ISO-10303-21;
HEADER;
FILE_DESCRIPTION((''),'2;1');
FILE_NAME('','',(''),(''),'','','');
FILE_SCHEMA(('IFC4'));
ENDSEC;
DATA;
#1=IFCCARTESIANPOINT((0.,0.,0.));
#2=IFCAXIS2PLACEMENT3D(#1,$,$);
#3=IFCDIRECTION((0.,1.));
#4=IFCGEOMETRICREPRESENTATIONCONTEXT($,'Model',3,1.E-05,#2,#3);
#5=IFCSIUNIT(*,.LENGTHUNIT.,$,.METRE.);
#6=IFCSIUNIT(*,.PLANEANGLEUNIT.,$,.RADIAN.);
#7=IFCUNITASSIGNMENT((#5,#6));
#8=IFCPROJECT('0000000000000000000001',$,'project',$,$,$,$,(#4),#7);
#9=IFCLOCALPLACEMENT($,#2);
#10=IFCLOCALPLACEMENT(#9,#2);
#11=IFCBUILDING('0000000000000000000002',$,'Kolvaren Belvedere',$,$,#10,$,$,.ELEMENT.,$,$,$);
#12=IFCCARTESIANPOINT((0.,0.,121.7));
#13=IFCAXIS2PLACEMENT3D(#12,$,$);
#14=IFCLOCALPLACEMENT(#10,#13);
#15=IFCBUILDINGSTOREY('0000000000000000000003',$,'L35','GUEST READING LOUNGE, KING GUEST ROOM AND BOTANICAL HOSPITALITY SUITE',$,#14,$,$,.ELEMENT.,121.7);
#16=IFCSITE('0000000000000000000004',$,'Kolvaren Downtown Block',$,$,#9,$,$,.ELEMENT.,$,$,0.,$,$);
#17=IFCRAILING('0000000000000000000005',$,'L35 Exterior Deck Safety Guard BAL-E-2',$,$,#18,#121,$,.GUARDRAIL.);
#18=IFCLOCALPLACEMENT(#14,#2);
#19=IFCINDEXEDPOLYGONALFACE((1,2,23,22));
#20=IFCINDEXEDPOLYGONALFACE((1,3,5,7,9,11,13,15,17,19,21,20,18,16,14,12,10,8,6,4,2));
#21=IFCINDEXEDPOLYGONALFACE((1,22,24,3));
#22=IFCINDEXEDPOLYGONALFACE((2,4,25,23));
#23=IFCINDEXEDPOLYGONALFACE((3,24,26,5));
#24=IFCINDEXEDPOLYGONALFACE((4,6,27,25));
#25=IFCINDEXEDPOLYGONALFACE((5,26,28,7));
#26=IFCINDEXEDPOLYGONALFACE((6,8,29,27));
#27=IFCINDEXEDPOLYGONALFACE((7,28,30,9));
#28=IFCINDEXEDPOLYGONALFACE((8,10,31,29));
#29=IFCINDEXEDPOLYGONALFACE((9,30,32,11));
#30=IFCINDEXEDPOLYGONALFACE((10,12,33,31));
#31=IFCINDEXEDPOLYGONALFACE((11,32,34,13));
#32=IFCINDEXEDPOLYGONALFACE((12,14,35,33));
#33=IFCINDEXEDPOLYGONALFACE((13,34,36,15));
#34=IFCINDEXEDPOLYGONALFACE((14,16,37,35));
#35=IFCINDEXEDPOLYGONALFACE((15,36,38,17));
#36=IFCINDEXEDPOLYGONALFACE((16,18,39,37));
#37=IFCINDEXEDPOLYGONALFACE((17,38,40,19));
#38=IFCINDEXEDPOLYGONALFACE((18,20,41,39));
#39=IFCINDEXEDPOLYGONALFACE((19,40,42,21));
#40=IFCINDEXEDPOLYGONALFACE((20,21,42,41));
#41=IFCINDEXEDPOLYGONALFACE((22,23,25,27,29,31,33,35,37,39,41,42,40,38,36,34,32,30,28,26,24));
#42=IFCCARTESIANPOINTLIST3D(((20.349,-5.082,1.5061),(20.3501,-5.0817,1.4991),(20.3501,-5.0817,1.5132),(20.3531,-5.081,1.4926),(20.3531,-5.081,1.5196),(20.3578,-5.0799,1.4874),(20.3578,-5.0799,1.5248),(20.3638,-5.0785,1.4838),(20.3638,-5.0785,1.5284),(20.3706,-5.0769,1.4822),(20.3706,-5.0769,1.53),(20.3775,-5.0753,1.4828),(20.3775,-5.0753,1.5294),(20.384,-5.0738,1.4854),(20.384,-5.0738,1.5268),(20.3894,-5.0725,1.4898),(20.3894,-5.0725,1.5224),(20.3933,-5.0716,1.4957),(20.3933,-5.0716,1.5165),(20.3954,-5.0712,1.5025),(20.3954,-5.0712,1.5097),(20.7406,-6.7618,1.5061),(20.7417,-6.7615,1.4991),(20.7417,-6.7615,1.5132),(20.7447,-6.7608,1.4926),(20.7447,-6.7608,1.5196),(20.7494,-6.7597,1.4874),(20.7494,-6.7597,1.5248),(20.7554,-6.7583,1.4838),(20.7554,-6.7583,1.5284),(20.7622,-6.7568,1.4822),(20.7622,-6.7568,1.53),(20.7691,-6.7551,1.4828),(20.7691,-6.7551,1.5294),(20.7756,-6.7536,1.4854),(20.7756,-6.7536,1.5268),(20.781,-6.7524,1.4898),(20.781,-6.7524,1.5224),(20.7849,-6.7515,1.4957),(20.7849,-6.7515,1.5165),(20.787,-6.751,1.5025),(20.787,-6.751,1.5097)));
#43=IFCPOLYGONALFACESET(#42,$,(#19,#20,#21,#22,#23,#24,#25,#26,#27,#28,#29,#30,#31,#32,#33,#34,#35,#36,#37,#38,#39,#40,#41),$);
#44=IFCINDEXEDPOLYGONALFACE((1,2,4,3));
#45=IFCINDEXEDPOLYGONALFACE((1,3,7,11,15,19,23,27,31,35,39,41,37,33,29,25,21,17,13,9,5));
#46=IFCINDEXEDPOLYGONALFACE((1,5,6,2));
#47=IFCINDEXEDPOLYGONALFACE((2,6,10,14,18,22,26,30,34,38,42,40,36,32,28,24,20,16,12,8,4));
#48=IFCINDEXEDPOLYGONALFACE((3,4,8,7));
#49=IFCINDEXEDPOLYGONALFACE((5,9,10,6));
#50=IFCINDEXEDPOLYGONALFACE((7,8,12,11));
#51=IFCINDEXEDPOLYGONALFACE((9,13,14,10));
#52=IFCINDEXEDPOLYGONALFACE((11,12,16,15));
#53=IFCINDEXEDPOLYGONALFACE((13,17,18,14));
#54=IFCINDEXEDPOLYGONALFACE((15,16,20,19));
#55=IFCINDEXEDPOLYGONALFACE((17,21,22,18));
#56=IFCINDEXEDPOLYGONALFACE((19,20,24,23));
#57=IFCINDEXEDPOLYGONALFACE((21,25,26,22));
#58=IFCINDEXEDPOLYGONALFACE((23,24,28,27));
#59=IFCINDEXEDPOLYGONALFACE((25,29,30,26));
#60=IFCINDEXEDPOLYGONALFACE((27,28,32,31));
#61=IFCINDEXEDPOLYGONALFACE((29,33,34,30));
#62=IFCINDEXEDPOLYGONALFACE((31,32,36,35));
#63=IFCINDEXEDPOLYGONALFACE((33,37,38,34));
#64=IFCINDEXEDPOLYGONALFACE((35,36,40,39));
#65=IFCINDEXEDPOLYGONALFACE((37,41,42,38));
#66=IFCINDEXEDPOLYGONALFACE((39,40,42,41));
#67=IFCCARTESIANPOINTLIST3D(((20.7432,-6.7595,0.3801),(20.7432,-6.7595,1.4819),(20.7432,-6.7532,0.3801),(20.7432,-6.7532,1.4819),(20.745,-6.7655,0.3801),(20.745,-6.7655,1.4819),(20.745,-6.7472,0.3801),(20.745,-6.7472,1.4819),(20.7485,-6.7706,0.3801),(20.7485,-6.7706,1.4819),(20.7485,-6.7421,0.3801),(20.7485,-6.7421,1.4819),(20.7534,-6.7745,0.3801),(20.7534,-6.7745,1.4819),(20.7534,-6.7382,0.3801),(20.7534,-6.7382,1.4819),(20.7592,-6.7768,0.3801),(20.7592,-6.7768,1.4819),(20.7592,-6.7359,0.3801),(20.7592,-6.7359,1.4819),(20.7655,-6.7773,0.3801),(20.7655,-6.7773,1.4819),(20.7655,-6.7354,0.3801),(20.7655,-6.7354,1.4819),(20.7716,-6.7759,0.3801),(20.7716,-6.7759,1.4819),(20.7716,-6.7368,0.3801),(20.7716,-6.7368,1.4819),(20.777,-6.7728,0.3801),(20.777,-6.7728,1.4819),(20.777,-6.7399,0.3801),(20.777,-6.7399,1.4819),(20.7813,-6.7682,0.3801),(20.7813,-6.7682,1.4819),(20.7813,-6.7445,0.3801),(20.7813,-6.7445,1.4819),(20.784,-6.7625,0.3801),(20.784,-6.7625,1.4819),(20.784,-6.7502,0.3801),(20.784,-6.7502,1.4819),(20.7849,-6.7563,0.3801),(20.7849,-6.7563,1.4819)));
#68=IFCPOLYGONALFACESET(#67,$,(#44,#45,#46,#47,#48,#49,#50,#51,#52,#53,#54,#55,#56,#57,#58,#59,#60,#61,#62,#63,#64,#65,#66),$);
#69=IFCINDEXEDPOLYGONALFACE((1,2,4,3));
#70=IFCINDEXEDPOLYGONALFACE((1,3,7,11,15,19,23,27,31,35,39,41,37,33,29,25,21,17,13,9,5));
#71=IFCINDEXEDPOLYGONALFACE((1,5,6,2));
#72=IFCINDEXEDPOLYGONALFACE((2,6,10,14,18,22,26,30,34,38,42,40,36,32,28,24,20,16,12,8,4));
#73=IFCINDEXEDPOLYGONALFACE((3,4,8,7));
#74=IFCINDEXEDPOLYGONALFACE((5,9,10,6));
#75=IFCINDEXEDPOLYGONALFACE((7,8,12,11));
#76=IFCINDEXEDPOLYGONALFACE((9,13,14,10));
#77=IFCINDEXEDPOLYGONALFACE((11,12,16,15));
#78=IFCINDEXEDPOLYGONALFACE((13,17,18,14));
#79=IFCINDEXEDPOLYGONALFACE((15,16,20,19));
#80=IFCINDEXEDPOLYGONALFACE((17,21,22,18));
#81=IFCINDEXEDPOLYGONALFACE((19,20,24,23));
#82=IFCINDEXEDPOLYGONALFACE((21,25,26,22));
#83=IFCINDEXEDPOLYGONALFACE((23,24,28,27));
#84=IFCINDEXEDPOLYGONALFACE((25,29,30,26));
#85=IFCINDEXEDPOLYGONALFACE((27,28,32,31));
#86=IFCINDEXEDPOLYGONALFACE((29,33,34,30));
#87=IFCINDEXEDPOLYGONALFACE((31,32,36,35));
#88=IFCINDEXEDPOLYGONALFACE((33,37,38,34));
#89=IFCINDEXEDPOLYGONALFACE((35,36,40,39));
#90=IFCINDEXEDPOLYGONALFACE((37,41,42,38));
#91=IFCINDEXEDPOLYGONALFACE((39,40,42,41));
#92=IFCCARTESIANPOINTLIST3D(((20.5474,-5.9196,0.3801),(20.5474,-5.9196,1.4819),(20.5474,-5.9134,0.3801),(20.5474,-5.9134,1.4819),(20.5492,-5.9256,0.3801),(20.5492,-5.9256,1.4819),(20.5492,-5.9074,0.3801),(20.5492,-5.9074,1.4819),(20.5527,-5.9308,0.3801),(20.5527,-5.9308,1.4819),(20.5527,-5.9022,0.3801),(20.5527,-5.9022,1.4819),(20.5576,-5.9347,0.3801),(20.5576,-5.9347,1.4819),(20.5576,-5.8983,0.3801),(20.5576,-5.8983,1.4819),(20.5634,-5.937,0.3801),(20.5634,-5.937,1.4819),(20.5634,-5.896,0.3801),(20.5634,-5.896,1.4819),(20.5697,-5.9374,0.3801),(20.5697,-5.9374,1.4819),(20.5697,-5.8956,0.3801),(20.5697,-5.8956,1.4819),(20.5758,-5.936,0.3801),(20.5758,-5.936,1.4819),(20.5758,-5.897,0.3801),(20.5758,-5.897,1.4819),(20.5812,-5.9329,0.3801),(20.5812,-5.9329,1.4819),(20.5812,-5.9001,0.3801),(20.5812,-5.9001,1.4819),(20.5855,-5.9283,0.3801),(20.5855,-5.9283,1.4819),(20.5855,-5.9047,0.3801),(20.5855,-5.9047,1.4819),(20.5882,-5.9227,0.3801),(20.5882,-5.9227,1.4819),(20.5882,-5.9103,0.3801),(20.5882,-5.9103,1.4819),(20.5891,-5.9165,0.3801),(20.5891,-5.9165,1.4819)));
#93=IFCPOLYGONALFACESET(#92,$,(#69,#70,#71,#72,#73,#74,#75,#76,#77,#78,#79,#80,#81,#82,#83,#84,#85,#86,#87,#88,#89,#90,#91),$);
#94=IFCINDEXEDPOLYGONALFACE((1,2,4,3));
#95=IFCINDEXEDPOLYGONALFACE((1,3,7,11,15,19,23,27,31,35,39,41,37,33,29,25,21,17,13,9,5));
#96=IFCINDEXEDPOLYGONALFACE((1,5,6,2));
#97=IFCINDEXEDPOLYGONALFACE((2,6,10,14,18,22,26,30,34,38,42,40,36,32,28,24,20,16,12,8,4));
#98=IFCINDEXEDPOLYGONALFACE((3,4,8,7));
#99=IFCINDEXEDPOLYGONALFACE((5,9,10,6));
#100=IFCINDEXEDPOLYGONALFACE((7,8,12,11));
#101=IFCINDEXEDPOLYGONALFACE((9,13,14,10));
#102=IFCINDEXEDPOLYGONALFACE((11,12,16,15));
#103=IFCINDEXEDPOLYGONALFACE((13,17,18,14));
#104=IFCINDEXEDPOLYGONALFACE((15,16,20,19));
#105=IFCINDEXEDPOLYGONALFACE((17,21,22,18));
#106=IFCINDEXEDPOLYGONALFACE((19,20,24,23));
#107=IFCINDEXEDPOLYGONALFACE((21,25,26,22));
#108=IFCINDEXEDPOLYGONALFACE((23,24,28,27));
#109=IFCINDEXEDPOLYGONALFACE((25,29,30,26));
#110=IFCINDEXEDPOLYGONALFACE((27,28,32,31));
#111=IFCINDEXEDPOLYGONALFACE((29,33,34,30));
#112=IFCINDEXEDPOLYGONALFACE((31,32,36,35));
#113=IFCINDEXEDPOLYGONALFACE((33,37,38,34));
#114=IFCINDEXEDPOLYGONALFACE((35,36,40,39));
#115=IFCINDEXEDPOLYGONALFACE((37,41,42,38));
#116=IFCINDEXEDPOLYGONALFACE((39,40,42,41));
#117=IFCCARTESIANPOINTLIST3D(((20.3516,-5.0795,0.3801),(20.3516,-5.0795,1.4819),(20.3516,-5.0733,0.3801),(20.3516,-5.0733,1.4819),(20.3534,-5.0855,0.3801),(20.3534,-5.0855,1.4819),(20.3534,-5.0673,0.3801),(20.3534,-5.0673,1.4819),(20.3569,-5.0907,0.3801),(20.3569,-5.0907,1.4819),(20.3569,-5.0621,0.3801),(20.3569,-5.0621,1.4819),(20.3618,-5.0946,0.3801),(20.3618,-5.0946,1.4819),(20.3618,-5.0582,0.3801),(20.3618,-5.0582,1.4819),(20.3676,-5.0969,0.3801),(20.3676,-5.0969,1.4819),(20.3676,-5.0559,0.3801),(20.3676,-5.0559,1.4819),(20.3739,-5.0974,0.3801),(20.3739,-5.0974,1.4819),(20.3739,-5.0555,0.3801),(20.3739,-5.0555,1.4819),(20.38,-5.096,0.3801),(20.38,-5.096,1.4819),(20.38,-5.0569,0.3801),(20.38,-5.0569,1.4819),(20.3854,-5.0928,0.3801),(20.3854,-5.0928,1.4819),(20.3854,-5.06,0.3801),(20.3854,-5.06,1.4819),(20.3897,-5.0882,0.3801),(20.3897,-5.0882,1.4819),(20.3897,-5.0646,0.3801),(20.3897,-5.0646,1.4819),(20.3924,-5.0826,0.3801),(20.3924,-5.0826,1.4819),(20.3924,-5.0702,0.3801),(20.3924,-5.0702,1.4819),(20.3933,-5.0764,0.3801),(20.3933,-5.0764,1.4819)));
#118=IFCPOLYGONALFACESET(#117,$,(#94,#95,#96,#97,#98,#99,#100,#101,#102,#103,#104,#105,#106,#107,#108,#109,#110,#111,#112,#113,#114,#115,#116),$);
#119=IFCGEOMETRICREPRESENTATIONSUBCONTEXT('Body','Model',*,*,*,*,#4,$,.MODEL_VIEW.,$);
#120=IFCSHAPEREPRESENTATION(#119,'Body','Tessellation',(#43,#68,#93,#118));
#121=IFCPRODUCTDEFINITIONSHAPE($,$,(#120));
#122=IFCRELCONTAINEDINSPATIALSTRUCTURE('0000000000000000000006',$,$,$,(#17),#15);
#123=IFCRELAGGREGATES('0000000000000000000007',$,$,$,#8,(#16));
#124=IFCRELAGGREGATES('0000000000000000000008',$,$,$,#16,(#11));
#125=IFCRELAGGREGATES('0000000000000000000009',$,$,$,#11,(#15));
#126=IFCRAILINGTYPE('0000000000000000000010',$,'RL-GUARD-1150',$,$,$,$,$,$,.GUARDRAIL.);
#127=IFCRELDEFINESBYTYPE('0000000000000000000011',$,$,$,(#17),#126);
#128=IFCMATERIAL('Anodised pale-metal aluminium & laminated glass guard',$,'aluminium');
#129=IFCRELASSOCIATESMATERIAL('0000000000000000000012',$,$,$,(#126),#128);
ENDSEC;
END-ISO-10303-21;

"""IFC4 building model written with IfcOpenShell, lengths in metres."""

from ifc_helpers import new_model, si_unit, direction, frame, origin, origin_2d, place, context, subcontext, project, spatial, circle, extrude, material, type_object, element, save


model = new_model("IFC4")

# Units and contexts
model_context = context("Model", 3, precision=1e-05, world=origin(), true_north=direction((0.0, 1.0)))
body_context = subcontext(model_context, "Body", "Model", "MODEL_VIEW")
ifc_project = project(units=[si_unit("LENGTHUNIT", "METRE"), si_unit("PLANEANGLEUNIT", "RADIAN")], contexts=[model_context])

# Site, building, storey
site_placement = place(None, origin())
site = spatial("IfcSite", under=ifc_project, at=site_placement, Name="Kolvaren Downtown Block", CompositionType="ELEMENT", RefElevation=0.0)
building_placement = place(site_placement, origin())
building = spatial("IfcBuilding", under=site, at=building_placement, Name="Kolvaren Belvedere", CompositionType="ELEMENT")
storey_placement = place(building_placement, frame((0.0, 0.0, 121.7)))
storey = spatial("IfcBuildingStorey", under=building, at=storey_placement, Name="L35", Description="GUEST READING LOUNGE, KING GUEST ROOM AND BOTANICAL HOSPITALITY SUITE", CompositionType="ELEMENT", Elevation=121.7)

# Railing
ifc_material_1 = material(Name="Anodised pale-metal aluminium & laminated glass guard", Category="aluminium")
railing_type = type_object("IfcRailingType", Name="RL-GUARD-1150", PredefinedType="GUARDRAIL", material=ifc_material_1)
railing_1_placement = place(storey_placement, frame((20.7639, -6.7563, 0.3801)))
element("IfcRailing", 1, at=railing_1_placement, inside=storey, type_object=railing_type, Name="L35 Exterior Deck Safety Guard BAL-E-2", PredefinedType="GUARDRAIL", context=body_context, shape_type="SweptSolid", body=[
    extrude(circle(Radius=0.0239, at=origin_2d()), frame((0.0, 0.0, 1.126), z_axis=(-0.227019, 0.97389, 0.0), x_axis=(-0.97389, -0.227019, 0.0)), (0.0, 0.0, 1.0), 1.7249),
    extrude(circle(Radius=0.021, at=origin_2d()), origin(), (0.0, 0.0, 1.0), 1.1018),
    extrude(circle(Radius=0.021, at=origin_2d()), frame((-0.1958, 0.8398, 0.0)), (0.0, 0.0, 1.0), 1.1018),
    extrude(circle(Radius=0.021, at=origin_2d()), frame((-0.3916, 1.6799, 0.0)), (0.0, 0.0, 1.0), 1.1018),
])

save(model, "model.ifc")
